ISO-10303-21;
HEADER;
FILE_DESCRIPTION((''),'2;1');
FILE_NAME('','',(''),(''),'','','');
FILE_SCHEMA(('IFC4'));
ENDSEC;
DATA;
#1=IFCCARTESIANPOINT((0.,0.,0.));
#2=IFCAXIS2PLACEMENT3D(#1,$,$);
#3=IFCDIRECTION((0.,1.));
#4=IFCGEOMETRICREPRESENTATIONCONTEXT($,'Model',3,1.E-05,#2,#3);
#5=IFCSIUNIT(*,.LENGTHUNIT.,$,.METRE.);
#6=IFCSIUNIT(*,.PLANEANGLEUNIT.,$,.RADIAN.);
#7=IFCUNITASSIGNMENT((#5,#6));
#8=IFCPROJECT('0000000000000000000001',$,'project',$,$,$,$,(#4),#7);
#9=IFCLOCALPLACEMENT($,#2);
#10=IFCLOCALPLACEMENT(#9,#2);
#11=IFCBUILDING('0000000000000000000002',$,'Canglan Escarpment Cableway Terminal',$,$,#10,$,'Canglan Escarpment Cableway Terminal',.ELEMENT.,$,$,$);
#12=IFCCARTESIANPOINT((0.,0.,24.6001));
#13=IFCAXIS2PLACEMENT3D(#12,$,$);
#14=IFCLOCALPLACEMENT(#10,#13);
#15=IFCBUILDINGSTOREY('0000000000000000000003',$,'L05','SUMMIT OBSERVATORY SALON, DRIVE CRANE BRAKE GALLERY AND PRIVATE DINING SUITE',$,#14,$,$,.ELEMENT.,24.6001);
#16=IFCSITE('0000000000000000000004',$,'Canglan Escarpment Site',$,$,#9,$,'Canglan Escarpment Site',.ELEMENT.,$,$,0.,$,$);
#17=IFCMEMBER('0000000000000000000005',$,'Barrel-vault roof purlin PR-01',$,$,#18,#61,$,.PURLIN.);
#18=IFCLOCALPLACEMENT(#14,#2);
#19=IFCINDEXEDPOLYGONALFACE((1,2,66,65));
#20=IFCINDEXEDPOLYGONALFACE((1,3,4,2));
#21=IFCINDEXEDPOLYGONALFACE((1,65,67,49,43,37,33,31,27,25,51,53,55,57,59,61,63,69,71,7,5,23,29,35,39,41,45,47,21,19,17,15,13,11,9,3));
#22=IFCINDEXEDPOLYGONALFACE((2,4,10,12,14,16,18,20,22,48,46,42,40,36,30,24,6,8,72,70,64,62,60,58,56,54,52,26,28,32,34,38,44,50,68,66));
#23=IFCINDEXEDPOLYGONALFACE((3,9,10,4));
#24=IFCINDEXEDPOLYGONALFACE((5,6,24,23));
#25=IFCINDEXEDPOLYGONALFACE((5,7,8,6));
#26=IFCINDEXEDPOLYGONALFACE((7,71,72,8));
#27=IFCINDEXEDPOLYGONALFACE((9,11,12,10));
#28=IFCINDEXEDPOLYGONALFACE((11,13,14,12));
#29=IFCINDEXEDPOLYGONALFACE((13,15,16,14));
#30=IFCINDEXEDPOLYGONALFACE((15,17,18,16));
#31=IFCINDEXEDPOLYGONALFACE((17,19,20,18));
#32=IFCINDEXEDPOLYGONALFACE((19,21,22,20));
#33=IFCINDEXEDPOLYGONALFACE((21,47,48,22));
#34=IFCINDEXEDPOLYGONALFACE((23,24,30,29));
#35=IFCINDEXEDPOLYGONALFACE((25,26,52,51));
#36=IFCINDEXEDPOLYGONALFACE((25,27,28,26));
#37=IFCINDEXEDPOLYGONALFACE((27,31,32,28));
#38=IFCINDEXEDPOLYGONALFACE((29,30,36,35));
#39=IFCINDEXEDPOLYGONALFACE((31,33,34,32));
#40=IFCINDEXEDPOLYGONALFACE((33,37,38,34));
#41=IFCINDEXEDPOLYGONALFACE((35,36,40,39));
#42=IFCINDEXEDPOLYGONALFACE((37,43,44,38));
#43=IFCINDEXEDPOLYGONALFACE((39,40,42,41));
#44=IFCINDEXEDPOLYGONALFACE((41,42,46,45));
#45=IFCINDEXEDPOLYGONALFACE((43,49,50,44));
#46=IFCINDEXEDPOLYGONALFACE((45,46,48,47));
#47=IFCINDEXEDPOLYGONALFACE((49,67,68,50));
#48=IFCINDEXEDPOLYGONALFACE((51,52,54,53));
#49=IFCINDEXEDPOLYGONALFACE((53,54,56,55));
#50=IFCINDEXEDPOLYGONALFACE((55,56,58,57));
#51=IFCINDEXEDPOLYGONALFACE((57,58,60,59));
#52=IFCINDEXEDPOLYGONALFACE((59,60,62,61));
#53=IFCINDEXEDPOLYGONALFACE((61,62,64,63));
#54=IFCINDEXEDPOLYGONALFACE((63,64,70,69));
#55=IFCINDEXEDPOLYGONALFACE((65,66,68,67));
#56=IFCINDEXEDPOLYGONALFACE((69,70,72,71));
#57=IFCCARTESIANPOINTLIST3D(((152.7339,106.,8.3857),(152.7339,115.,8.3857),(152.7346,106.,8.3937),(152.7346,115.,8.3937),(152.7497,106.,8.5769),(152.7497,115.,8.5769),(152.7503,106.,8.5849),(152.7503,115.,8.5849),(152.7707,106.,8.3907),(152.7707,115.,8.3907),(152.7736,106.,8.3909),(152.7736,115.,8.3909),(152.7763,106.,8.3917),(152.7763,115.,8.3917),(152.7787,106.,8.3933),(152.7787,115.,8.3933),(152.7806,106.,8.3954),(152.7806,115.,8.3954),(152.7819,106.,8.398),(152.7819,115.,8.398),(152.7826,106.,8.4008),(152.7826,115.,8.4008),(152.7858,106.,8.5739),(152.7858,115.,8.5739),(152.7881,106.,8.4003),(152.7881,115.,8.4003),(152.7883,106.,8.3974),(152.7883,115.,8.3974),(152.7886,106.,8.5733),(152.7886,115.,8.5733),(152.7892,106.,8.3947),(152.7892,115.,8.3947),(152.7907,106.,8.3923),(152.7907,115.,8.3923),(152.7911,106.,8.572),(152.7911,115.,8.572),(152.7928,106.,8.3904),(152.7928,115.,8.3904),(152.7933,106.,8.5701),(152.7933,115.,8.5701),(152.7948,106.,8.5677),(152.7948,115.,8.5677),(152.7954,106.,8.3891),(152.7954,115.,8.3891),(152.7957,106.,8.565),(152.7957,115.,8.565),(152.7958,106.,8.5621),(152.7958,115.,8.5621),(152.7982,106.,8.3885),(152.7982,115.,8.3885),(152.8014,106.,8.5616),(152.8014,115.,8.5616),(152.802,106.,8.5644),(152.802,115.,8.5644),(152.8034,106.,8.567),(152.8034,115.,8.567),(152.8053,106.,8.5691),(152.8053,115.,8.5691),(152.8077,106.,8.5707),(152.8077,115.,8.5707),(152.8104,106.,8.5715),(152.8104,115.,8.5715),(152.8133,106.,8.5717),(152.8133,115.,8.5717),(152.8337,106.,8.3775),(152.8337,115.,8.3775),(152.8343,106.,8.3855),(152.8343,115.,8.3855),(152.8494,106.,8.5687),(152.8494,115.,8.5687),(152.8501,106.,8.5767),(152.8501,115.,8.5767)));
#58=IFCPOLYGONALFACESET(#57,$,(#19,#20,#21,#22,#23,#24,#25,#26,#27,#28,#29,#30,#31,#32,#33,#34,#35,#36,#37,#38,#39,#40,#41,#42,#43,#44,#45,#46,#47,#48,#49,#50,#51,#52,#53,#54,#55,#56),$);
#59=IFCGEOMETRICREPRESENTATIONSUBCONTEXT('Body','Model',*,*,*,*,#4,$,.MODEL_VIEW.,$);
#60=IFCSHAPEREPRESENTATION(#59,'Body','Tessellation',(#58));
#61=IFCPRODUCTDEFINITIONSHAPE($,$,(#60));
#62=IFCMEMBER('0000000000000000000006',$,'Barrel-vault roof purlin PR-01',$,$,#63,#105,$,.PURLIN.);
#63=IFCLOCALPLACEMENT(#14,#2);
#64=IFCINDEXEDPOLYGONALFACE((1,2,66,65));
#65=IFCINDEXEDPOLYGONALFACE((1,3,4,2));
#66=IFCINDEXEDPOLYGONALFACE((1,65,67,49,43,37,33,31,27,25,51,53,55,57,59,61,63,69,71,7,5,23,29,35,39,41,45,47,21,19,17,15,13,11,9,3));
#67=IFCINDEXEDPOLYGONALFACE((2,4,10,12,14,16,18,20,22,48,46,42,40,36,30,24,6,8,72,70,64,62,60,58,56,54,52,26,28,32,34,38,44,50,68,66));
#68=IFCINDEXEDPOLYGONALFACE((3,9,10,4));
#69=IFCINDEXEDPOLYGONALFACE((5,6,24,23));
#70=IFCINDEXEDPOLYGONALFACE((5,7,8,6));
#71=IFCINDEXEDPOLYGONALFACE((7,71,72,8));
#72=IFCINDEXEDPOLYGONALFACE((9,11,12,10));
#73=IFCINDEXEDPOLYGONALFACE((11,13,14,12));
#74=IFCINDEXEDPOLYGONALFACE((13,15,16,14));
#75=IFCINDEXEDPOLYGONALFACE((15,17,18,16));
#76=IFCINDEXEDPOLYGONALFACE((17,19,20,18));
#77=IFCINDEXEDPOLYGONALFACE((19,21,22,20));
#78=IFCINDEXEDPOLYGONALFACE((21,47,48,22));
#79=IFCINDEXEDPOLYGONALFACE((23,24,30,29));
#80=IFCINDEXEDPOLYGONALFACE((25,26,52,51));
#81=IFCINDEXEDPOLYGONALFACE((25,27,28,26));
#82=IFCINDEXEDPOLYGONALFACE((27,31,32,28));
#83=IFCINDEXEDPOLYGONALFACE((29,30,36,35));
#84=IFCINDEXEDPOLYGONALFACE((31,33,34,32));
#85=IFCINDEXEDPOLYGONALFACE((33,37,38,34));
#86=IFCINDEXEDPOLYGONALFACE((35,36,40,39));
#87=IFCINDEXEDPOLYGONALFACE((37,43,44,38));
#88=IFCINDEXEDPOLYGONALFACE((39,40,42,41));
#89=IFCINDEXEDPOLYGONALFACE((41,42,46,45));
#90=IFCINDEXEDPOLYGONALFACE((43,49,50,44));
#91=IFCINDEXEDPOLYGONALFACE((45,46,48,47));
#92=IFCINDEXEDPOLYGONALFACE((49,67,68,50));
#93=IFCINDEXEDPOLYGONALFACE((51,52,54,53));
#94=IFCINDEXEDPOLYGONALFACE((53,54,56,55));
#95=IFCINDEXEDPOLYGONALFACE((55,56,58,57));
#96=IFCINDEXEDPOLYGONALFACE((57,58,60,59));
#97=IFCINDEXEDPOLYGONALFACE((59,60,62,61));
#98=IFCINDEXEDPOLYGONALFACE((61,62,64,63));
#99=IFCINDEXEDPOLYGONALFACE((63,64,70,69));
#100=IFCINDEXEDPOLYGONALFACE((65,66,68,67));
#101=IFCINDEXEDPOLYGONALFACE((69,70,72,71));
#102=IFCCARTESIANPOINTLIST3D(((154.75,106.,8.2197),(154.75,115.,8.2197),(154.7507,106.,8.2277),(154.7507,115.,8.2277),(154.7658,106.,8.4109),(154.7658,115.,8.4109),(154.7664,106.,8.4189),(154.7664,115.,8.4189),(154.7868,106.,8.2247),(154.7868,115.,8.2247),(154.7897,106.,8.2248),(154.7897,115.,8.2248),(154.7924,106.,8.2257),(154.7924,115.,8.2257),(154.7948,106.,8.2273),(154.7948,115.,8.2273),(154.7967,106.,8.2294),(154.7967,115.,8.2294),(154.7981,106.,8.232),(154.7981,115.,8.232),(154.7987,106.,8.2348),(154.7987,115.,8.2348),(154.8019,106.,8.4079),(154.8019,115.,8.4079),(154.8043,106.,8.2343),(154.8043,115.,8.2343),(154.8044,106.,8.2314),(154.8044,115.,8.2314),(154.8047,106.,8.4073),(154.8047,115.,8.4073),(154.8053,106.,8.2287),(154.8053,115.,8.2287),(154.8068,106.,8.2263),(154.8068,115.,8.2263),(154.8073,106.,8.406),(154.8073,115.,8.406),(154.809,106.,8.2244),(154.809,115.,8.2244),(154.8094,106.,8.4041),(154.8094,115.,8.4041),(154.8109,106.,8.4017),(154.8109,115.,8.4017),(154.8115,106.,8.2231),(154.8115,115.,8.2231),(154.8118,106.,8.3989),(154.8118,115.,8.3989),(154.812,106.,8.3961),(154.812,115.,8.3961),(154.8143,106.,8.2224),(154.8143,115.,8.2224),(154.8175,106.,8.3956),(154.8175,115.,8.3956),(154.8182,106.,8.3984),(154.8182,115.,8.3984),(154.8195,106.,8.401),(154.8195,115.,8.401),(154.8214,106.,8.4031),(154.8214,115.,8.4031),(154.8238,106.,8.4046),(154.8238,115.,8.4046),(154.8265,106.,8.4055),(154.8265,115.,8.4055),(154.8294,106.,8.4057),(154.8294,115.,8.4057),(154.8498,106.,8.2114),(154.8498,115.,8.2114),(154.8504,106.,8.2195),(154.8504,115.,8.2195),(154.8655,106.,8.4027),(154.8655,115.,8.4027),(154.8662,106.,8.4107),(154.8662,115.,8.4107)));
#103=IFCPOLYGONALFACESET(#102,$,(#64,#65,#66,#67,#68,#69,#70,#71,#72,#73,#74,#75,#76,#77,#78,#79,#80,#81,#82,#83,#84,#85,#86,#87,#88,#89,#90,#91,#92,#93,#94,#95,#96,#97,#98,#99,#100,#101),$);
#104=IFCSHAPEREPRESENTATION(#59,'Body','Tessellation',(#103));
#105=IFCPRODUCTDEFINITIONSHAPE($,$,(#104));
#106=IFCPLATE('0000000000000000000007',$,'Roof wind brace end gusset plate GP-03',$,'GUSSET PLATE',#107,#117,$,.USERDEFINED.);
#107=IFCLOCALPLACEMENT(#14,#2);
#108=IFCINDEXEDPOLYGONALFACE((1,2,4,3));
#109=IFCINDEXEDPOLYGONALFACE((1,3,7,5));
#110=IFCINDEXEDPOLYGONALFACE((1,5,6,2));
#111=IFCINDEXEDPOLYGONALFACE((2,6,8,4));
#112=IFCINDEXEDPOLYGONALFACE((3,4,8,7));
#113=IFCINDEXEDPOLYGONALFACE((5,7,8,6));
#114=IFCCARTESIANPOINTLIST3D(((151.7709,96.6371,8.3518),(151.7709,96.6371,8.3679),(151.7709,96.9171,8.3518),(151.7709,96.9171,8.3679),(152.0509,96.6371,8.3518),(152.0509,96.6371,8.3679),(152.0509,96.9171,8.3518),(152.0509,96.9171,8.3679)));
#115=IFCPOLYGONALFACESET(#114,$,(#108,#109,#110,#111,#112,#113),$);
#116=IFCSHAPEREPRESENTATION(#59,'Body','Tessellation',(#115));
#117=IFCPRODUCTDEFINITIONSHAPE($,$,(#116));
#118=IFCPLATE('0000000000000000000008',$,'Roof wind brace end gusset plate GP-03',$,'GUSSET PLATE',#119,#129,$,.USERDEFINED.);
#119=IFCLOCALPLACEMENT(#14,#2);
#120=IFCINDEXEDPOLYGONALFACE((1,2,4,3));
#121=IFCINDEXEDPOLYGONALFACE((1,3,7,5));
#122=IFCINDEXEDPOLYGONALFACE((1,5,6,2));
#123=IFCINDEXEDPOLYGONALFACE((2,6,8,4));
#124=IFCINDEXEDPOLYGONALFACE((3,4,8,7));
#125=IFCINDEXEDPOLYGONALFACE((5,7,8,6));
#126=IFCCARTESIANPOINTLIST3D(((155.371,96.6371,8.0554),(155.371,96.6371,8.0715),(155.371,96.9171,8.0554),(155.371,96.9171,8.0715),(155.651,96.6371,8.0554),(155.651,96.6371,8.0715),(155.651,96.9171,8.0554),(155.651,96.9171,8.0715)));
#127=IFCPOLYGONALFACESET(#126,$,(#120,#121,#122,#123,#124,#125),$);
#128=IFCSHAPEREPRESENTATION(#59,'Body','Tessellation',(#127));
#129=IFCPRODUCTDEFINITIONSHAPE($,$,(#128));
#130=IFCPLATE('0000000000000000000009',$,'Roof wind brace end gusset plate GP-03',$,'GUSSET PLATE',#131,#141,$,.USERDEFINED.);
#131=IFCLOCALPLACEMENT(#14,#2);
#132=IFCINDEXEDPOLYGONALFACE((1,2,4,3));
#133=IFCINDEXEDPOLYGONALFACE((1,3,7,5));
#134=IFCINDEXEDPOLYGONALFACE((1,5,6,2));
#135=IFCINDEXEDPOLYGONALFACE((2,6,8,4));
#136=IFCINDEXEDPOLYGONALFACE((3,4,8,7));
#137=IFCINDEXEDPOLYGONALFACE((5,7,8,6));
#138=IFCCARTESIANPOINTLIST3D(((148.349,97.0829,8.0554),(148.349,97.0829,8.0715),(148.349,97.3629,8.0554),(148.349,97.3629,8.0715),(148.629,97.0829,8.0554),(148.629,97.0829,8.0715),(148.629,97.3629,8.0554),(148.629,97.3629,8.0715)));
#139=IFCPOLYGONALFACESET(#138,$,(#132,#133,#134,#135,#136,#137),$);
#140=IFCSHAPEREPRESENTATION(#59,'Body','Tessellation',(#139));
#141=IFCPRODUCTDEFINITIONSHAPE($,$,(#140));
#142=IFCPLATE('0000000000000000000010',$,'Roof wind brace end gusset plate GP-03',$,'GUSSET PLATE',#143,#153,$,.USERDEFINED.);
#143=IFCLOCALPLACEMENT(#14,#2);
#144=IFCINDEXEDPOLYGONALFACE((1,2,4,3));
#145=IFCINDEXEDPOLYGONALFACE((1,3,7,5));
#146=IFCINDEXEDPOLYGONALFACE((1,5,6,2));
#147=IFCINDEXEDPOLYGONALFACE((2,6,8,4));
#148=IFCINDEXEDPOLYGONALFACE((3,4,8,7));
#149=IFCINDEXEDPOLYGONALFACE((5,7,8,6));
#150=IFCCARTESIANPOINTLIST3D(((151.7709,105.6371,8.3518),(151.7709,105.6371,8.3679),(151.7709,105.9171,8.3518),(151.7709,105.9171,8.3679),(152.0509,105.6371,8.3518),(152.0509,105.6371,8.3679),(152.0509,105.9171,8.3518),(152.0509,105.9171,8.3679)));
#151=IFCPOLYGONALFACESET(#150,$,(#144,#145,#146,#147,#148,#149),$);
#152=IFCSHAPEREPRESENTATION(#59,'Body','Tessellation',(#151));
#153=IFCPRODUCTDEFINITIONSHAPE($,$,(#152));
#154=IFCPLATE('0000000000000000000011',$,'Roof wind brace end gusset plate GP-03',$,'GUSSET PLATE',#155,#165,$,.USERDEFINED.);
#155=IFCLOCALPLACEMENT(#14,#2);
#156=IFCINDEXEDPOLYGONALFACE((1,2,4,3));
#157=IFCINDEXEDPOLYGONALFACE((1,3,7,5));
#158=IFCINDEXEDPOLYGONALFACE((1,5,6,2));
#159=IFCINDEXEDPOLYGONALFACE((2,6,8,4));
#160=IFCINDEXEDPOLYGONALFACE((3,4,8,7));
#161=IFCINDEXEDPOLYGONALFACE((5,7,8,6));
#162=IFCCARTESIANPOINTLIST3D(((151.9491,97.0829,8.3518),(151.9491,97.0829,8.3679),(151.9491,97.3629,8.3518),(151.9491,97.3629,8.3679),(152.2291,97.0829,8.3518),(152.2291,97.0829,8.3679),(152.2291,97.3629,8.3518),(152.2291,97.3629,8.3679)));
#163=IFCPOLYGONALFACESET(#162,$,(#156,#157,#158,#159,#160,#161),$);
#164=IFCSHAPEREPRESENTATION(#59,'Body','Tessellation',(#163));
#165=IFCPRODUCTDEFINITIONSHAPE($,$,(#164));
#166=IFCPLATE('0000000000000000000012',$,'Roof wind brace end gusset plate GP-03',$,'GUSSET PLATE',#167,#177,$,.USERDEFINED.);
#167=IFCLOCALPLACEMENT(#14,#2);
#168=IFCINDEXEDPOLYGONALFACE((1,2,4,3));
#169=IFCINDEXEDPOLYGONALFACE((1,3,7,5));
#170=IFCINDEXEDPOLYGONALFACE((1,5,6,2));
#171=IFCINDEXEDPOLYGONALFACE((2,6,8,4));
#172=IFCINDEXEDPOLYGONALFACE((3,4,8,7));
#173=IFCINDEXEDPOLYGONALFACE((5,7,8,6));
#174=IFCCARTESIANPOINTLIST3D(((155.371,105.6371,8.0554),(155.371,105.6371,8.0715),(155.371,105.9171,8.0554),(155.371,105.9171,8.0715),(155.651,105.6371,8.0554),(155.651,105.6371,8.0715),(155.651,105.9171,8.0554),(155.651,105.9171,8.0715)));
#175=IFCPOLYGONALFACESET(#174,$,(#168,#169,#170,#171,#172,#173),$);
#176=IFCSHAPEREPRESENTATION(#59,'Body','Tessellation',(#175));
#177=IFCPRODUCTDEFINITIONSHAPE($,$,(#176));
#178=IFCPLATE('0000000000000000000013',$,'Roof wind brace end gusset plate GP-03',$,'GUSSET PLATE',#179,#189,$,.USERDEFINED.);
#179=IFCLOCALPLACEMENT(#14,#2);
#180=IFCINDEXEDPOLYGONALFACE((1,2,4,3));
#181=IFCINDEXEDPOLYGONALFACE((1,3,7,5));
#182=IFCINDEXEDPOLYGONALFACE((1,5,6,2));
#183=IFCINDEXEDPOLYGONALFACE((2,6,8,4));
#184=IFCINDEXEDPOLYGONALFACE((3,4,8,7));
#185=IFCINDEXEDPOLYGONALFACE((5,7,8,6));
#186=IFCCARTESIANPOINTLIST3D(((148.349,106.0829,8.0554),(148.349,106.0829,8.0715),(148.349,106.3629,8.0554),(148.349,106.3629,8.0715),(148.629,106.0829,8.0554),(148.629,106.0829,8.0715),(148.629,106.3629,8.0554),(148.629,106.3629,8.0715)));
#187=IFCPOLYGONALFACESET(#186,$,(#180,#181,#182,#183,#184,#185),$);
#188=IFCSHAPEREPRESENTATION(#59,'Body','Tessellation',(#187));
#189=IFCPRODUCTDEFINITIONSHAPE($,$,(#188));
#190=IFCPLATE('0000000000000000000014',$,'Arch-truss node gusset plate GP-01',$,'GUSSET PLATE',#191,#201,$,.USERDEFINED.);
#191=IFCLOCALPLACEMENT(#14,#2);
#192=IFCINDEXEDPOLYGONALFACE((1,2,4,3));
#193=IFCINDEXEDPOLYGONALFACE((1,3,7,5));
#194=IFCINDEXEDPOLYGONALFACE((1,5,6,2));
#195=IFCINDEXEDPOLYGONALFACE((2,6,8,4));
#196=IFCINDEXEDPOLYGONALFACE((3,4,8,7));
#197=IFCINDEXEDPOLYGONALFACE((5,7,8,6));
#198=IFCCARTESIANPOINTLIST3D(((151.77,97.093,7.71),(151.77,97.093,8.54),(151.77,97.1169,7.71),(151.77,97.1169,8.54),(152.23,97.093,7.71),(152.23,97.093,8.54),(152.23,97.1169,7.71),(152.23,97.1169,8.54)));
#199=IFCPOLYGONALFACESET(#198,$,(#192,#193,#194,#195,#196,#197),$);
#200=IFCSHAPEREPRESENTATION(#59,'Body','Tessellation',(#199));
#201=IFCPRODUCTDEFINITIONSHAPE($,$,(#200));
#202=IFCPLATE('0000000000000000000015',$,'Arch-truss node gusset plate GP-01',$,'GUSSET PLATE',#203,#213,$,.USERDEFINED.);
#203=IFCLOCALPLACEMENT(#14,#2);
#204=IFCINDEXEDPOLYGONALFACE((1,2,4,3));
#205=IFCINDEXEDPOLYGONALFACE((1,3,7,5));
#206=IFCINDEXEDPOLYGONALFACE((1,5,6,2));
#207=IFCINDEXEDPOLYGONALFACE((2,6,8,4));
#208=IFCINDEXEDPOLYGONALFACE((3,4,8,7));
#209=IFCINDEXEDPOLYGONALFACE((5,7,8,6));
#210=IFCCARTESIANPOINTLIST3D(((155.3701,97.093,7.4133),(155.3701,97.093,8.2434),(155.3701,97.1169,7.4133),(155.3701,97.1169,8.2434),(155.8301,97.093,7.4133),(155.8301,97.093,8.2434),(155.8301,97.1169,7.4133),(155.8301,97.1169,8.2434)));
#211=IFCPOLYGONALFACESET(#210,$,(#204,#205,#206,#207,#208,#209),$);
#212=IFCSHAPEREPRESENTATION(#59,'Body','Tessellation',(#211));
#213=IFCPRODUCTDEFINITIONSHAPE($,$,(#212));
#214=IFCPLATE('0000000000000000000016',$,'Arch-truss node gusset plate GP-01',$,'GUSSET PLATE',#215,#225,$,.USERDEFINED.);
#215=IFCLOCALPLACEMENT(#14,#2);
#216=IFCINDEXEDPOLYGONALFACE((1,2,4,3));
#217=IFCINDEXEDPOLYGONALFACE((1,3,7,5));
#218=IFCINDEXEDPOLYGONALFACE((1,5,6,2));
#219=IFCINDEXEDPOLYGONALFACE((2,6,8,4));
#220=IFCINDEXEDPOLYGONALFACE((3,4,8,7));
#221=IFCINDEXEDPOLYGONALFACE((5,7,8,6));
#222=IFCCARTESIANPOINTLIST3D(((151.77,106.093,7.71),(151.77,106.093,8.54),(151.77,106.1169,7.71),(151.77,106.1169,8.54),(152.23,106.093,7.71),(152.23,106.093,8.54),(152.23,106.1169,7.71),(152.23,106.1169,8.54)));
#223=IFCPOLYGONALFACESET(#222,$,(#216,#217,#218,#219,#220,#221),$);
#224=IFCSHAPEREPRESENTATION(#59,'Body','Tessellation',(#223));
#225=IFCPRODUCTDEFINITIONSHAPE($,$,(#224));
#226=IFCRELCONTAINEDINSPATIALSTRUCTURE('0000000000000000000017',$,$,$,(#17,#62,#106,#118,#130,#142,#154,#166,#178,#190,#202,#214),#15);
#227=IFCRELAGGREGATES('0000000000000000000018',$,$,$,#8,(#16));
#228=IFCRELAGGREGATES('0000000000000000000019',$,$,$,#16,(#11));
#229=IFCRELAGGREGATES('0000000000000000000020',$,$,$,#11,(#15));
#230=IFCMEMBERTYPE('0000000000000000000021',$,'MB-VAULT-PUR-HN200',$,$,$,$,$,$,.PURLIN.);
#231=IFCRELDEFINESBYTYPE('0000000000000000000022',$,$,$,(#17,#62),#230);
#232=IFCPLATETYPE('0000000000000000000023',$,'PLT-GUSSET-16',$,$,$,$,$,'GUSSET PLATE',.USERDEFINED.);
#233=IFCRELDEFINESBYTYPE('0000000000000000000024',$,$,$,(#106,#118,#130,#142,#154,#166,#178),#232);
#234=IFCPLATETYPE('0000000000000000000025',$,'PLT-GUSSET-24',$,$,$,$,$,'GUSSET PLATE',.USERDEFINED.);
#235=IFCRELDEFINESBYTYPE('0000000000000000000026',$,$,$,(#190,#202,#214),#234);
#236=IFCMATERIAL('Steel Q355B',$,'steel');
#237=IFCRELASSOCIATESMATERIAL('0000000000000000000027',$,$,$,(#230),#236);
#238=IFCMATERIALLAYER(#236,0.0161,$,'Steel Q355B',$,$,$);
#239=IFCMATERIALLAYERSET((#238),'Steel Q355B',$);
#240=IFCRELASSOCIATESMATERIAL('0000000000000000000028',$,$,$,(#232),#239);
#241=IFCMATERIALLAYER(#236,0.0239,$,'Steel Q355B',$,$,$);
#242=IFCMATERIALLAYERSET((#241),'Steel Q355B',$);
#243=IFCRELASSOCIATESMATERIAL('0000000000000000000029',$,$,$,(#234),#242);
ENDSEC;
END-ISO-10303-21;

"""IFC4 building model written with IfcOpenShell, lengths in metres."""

from ifc_helpers import new_model, si_unit, direction, frame, origin, origin_2d, place, context, subcontext, project, spatial, rectangle, i_section, extrude, material, layer, layer_set, material_profile, profile_set, type_object, element, save


model = new_model("IFC4")

# Units and contexts
model_context = context("Model", 3, precision=1e-05, world=origin(), true_north=direction((0.0, 1.0)))
body_context = subcontext(model_context, "Body", "Model", "MODEL_VIEW")
ifc_project = project(units=[si_unit("LENGTHUNIT", "METRE"), si_unit("PLANEANGLEUNIT", "RADIAN")], contexts=[model_context])

# Site, building, storey
site_placement = place(None, origin())
site = spatial("IfcSite", under=ifc_project, at=site_placement, Name="Canglan Escarpment Site", LongName="Canglan Escarpment Site", CompositionType="ELEMENT", RefElevation=0.0)
building_placement = place(site_placement, origin())
building = spatial("IfcBuilding", under=site, at=building_placement, Name="Canglan Escarpment Cableway Terminal", LongName="Canglan Escarpment Cableway Terminal", CompositionType="ELEMENT")
storey_placement = place(building_placement, frame((0.0, 0.0, 24.6001)))
storey = spatial("IfcBuildingStorey", under=building, at=storey_placement, Name="L05", Description="SUMMIT OBSERVATORY SALON, DRIVE CRANE BRAKE GALLERY AND PRIVATE DINING SUITE", CompositionType="ELEMENT", Elevation=24.6001)

# Shared definitions
ifc_material = material(Name="Steel Q355B", Category="steel")

# Members
ifc_material_profile_1 = material_profile(ifc_material, i_section(OverallWidth=0.1001, OverallDepth=0.2, WebThickness=0.0056, FlangeThickness=0.0081, FilletRadius=0.011, at=origin_2d()), Name="HN 200x100x5.5x8")
ifc_profile_set_1 = profile_set([ifc_material_profile_1], Name="Steel Q355B")
member_type_1 = type_object("IfcMemberType", Name="MB-VAULT-PUR-HN200", PredefinedType="PURLIN", material=ifc_profile_set_1)
for number, where, z_axis, x_axis, name in (
    (1, (152.792, 106.0, 8.4812), (0.0, 1.0, 0.0), (-0.996626, 0.0, 0.082078), "Barrel-vault roof purlin PR-01"),
    (2, (154.8081, 106.0, 8.3152), (0.0, 1.0, 0.0), (-0.996626, 0.0, 0.082078), "Barrel-vault roof purlin PR-01"),
):
    element("IfcMember", number, at=place(storey_placement, frame(where, z_axis=z_axis, x_axis=x_axis)), inside=storey, type_object=member_type_1, Name=name, PredefinedType="PURLIN", context=body_context, shape_type="SweptSolid", body=[
        extrude(i_section(OverallWidth=0.1001, OverallDepth=0.2, WebThickness=0.0056, FlangeThickness=0.0081, FilletRadius=0.011, at=origin_2d()), origin(), (0.0, 0.0, 1.0), 9.0),
    ])

# Plates
ifc_layer_1 = layer(ifc_material, 0.0161, Name="Steel Q355B")
ifc_layer_set_1 = layer_set([ifc_layer_1], Name="Steel Q355B")
plate_type_1 = type_object("IfcPlateType", Name="PLT-GUSSET-16", ElementType="GUSSET PLATE", PredefinedType="USERDEFINED", material=ifc_layer_set_1)
for number, where, z_axis, x_axis, name in (
    (3, (151.9109, 96.7771, 8.3518), (0.0, 0.0, 1.0), (1.0, 0.0, 0.0), "Roof wind brace end gusset plate GP-03"),
    (4, (155.511, 96.7771, 8.0554), (0.0, 0.0, 1.0), (1.0, 0.0, 0.0), "Roof wind brace end gusset plate GP-03"),
    (5, (148.489, 97.2229, 8.0554), (0.0, 0.0, 1.0), (1.0, 0.0, 0.0), "Roof wind brace end gusset plate GP-03"),
    (6, (151.9109, 105.7771, 8.3518), (0.0, 0.0, 1.0), (1.0, 0.0, 0.0), "Roof wind brace end gusset plate GP-03"),
    (7, (152.0891, 97.2229, 8.3518), (0.0, 0.0, 1.0), (1.0, 0.0, 0.0), "Roof wind brace end gusset plate GP-03"),
    (8, (155.511, 105.7771, 8.0554), (0.0, 0.0, 1.0), (1.0, 0.0, 0.0), "Roof wind brace end gusset plate GP-03"),
    (9, (148.489, 106.2229, 8.0554), (0.0, 0.0, 1.0), (1.0, 0.0, 0.0), "Roof wind brace end gusset plate GP-03"),
):
    element("IfcPlate", number, at=place(storey_placement, frame(where, z_axis=z_axis, x_axis=x_axis)), inside=storey, type_object=plate_type_1, Name=name, ObjectType="GUSSET PLATE", PredefinedType="USERDEFINED", context=body_context, shape_type="SweptSolid", body=[
        extrude(rectangle(XDim=0.28, YDim=0.28, at=origin_2d()), origin(), (0.0, 0.0, 1.0), 0.0161),
    ])
ifc_layer_2 = layer(ifc_material, 0.0239, Name="Steel Q355B")
ifc_layer_set_2 = layer_set([ifc_layer_2], Name="Steel Q355B")
plate_type_2 = type_object("IfcPlateType", Name="PLT-GUSSET-24", ElementType="GUSSET PLATE", PredefinedType="USERDEFINED", material=ifc_layer_set_2)
for number, where, z_axis, x_axis, name in (
    (10, (152.0, 97.105, 7.71), (0.0, 0.0, 1.0), (1.0, 0.0, 0.0), "Arch-truss node gusset plate GP-01"),
    (11, (155.6001, 97.105, 7.4133), (0.0, 0.0, 1.0), (1.0, 0.0, 0.0), "Arch-truss node gusset plate GP-01"),
    (12, (152.0, 106.105, 7.71), (0.0, 0.0, 1.0), (1.0, 0.0, 0.0), "Arch-truss node gusset plate GP-01"),
):
    element("IfcPlate", number, at=place(storey_placement, frame(where, z_axis=z_axis, x_axis=x_axis)), inside=storey, type_object=plate_type_2, Name=name, ObjectType="GUSSET PLATE", PredefinedType="USERDEFINED", context=body_context, shape_type="SweptSolid", body=[
        extrude(rectangle(XDim=0.46, YDim=0.0239, at=origin_2d()), origin(), (0.0, 0.0, 1.0), 0.8301),
    ])

save(model, "model.ifc")
